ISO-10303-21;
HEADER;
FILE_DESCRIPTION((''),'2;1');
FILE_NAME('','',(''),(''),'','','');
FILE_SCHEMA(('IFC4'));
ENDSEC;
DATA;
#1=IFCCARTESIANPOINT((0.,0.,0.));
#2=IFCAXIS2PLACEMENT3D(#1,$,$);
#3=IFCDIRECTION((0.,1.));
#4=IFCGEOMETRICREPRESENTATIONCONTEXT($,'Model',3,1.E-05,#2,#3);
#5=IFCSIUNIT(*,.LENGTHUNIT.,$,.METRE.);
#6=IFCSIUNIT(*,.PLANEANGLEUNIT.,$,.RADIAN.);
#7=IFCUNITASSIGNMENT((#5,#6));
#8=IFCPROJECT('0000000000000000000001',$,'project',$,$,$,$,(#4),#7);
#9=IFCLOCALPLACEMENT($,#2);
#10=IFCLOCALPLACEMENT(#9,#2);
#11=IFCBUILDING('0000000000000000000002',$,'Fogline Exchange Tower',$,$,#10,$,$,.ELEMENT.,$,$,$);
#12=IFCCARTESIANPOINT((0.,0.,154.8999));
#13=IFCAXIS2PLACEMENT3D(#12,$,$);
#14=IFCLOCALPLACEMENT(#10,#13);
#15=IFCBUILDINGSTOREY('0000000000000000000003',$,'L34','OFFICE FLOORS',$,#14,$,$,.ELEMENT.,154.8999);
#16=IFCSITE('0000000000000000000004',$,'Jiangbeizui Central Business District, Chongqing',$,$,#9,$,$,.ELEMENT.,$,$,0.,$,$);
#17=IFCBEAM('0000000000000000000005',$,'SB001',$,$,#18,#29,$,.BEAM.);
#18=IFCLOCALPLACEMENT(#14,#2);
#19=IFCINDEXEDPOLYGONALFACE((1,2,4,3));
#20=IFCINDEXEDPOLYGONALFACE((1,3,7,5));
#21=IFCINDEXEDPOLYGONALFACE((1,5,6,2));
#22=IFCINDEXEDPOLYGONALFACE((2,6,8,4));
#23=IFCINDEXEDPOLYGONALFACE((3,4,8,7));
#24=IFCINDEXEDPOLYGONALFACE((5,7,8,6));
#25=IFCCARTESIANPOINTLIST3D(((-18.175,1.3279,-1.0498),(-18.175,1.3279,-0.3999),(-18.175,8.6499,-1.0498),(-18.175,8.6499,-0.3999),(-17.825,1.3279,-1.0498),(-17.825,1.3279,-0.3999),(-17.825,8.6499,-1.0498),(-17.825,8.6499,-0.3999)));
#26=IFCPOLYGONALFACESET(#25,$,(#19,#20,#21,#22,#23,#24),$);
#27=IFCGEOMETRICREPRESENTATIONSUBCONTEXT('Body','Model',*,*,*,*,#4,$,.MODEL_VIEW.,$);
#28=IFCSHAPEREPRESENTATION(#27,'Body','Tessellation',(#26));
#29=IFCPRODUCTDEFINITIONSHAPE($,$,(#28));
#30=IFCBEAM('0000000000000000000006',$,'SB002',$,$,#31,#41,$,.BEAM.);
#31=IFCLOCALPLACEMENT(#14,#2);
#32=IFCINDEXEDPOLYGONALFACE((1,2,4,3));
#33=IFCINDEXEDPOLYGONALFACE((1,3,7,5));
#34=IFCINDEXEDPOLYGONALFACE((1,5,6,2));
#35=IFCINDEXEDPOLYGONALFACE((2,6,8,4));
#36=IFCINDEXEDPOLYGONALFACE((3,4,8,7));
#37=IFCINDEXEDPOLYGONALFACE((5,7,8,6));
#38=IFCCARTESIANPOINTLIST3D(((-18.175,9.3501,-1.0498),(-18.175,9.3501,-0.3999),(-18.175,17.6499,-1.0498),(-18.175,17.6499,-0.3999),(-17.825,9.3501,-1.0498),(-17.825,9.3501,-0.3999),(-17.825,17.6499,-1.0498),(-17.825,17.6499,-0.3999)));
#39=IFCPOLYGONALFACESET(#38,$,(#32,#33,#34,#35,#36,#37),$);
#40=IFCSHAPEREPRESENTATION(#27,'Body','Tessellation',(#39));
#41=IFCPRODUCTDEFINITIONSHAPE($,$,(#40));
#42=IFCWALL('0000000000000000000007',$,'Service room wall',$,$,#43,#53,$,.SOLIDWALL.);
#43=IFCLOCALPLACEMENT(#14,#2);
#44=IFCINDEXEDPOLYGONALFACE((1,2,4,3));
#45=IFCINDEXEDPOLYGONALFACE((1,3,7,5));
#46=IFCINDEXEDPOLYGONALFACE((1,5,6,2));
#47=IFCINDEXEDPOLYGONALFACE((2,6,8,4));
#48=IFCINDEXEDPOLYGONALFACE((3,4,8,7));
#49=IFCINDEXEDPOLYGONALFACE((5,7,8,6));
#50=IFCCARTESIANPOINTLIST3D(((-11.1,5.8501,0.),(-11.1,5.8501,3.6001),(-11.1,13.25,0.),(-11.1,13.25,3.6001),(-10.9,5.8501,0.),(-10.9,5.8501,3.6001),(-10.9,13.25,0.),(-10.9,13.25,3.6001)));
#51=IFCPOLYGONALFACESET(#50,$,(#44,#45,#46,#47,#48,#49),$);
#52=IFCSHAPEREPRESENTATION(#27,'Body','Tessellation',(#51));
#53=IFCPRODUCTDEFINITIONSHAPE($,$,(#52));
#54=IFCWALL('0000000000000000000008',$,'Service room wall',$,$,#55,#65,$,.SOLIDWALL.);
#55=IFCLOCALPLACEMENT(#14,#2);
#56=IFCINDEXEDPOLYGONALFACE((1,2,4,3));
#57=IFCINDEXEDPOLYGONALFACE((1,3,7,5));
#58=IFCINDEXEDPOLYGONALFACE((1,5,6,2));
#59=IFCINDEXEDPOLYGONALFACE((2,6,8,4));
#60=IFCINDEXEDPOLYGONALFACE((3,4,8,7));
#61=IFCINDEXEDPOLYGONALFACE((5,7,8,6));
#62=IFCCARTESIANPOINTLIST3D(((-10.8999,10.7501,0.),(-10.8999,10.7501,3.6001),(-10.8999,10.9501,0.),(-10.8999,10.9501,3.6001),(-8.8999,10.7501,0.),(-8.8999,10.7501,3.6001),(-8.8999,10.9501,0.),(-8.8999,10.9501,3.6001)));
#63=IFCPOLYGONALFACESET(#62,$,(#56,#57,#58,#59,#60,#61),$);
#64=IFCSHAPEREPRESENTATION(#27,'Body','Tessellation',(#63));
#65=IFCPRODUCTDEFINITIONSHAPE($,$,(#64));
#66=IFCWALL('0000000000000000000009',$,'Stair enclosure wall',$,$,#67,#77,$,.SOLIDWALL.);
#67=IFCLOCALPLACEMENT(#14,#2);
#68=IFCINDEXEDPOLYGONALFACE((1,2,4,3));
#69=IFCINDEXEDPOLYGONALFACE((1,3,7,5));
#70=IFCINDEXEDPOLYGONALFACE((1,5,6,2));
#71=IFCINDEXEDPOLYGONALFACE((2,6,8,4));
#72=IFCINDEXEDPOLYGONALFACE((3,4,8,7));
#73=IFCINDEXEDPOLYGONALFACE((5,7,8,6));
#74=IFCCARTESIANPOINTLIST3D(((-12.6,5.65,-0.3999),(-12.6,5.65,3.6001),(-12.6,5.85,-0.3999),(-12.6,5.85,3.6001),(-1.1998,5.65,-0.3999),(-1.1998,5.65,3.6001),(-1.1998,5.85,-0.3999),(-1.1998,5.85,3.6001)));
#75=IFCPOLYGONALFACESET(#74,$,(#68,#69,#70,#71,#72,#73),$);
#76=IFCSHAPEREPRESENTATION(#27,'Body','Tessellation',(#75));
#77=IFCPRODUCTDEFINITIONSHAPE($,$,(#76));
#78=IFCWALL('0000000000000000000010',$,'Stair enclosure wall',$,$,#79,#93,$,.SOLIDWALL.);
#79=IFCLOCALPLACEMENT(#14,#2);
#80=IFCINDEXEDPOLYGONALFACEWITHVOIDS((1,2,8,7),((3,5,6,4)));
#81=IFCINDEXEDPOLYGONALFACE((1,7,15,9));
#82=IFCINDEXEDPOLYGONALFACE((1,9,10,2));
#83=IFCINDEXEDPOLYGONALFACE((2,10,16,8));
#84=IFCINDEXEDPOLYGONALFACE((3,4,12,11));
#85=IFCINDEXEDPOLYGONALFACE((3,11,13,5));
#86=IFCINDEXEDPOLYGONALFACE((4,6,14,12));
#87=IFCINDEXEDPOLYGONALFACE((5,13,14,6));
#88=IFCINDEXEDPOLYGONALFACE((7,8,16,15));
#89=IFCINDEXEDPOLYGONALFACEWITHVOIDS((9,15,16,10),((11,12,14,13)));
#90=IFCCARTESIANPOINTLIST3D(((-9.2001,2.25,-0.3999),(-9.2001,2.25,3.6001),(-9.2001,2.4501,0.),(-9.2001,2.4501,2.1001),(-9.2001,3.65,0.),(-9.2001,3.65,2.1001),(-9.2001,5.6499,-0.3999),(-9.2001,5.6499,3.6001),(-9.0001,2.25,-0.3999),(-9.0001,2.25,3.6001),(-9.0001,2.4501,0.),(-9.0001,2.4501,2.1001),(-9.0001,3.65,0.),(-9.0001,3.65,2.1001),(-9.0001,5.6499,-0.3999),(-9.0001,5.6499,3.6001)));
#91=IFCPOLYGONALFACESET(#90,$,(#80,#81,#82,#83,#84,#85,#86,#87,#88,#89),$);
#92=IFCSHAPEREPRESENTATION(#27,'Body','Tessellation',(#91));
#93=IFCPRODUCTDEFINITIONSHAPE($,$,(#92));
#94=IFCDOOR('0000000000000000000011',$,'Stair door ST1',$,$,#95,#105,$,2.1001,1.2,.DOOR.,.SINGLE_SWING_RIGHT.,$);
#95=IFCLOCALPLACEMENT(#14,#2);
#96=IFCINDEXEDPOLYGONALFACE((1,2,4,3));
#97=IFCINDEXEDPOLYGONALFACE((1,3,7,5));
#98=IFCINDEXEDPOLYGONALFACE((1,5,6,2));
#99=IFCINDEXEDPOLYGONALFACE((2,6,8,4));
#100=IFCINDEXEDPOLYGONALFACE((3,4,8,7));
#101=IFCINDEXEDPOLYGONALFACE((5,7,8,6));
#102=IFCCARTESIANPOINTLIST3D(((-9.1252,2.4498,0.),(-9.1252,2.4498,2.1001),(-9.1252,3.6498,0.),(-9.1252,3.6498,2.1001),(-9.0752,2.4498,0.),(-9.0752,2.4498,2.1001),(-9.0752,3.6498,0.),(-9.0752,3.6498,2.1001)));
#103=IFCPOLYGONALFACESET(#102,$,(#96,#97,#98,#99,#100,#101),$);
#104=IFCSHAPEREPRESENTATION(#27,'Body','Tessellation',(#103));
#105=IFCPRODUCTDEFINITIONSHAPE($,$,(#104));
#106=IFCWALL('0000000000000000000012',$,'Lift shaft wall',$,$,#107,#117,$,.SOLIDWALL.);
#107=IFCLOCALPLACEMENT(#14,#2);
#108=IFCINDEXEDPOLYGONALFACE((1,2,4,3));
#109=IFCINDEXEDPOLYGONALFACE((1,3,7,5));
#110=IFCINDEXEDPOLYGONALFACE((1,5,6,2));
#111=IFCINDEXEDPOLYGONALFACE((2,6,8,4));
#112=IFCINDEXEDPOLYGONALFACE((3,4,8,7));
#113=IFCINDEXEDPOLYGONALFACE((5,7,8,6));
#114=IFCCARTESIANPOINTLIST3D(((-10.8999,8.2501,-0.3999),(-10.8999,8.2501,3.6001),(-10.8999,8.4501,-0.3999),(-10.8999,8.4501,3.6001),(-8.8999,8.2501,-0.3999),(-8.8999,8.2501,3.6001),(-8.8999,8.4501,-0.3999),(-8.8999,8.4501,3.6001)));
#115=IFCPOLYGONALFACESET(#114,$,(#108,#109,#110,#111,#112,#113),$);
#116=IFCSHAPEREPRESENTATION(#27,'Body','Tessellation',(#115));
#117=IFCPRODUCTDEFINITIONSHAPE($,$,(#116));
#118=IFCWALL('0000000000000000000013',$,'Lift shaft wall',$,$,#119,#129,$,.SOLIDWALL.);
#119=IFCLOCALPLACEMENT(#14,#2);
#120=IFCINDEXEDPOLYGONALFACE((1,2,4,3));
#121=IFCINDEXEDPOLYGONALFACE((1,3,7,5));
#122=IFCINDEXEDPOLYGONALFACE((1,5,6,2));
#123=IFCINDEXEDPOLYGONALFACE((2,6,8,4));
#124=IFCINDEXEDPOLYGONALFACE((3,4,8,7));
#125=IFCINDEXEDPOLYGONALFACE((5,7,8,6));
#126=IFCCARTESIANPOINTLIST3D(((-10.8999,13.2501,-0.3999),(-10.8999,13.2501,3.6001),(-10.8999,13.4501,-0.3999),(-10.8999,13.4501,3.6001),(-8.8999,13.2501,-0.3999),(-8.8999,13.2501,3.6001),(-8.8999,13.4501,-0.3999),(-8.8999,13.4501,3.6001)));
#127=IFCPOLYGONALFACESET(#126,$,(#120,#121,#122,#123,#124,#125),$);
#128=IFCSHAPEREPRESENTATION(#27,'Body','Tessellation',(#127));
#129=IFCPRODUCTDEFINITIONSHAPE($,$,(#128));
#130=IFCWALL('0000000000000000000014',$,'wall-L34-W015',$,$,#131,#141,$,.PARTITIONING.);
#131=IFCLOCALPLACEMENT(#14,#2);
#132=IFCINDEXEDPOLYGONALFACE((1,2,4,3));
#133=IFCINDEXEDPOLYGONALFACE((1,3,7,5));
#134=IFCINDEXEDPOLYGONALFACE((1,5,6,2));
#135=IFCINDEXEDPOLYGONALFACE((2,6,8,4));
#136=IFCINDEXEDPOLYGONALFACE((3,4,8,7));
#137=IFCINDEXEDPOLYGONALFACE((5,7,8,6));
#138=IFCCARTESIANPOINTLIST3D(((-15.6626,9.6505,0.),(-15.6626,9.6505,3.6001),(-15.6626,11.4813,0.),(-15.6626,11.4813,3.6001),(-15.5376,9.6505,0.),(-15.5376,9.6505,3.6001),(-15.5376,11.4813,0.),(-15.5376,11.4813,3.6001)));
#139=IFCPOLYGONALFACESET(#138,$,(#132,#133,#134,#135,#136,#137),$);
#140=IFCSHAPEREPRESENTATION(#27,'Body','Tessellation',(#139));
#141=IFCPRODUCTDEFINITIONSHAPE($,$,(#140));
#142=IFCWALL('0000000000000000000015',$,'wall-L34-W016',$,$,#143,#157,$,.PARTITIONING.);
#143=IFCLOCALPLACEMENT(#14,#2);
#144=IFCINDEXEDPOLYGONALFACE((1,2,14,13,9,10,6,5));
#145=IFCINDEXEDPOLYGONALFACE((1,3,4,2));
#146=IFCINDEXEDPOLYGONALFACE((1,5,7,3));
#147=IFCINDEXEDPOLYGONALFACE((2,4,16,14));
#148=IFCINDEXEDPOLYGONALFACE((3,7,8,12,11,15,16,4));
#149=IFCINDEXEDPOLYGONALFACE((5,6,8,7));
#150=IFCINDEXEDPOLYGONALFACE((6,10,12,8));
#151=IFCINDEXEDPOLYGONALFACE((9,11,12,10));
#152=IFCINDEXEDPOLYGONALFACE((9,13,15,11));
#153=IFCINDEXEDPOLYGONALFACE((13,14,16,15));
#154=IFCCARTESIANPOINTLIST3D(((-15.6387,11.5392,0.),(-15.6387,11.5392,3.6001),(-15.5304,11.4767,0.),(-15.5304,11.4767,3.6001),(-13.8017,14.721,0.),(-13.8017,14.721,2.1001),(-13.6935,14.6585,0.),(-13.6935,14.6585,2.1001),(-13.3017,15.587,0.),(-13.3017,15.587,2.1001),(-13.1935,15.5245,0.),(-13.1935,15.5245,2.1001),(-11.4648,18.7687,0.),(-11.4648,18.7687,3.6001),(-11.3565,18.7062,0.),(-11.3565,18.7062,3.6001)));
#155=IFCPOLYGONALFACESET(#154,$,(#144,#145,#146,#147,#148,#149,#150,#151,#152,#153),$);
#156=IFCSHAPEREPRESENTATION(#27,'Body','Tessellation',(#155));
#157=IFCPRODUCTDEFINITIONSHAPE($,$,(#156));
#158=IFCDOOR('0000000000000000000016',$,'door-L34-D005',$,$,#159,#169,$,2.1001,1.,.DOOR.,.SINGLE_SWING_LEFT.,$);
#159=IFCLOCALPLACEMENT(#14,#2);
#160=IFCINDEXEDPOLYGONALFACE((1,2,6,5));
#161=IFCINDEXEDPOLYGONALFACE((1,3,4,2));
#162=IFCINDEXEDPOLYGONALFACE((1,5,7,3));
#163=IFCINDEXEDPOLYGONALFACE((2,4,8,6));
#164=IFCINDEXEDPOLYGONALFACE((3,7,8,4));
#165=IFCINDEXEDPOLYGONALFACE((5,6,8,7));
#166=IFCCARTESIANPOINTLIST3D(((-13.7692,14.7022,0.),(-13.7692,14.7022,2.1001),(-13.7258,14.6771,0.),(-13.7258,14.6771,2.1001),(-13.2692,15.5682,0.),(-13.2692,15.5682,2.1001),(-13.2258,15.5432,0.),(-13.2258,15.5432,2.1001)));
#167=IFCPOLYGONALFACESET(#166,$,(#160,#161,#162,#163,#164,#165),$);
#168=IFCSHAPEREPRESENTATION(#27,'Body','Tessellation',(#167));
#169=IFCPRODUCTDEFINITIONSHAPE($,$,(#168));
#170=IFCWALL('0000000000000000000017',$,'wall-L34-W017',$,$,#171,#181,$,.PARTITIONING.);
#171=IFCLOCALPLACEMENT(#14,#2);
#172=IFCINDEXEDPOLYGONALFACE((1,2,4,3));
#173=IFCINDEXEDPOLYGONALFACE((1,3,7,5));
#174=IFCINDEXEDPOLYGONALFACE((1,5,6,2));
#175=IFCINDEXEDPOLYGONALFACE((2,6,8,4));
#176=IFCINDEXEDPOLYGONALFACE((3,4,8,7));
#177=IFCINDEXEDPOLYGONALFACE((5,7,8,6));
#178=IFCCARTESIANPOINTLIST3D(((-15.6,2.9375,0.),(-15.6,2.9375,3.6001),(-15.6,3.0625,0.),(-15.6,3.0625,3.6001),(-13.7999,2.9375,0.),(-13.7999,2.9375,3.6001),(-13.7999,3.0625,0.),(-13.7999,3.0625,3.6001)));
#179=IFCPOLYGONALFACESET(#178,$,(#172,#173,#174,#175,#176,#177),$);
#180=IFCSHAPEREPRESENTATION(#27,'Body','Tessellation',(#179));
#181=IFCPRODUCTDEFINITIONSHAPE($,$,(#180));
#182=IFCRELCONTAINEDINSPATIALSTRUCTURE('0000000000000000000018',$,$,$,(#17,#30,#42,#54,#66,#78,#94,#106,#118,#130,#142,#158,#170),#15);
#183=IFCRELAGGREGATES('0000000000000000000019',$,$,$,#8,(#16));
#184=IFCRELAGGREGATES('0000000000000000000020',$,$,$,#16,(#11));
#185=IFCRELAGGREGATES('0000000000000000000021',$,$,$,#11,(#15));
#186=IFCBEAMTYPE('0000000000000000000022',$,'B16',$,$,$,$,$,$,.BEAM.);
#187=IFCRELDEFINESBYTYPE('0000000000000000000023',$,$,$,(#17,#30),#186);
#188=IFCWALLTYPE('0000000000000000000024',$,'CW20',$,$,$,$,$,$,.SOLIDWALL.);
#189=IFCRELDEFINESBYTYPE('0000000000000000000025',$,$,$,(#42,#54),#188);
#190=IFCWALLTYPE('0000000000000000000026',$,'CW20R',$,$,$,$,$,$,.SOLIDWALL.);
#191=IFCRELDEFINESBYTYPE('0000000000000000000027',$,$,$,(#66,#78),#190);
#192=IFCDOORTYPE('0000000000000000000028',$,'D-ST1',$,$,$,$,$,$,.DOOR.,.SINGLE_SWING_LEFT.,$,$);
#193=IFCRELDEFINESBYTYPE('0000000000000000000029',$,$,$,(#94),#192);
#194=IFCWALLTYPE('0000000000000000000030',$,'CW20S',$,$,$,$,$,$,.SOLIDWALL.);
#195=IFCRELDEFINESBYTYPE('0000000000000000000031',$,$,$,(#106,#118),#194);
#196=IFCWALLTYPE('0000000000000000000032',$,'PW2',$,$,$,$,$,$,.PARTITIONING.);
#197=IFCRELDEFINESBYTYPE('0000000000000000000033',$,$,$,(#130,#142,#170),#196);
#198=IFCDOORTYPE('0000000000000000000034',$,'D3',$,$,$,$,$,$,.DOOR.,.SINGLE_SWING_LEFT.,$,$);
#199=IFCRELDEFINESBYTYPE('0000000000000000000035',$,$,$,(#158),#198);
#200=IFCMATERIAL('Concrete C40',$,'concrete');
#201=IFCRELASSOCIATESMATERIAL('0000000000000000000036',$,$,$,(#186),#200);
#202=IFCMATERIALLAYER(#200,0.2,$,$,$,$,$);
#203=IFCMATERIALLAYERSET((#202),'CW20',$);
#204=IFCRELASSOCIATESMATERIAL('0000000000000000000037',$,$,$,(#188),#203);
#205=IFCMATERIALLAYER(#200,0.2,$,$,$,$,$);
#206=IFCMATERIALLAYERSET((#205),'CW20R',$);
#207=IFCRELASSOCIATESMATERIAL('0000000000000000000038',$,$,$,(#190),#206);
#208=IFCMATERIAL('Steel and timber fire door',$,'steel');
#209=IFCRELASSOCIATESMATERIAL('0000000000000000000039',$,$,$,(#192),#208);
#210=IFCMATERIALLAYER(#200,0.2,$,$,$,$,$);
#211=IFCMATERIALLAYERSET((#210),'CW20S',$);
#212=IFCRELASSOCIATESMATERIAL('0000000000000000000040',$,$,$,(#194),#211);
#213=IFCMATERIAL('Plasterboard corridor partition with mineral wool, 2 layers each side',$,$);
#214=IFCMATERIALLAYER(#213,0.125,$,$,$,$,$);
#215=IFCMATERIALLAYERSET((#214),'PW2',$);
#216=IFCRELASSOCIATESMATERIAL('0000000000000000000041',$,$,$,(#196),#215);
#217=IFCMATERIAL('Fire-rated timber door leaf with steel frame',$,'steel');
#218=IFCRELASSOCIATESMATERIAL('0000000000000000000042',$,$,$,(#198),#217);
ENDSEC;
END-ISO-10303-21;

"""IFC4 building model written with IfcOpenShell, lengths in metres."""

from ifc_helpers import new_model, si_unit, direction, frame, frame_2d, origin, origin_2d, place, context, subcontext, project, spatial, rectangle, extrude, material, layer, layer_set, material_profile, profile_set, type_object, element, fill, save


model = new_model("IFC4")

# Units and contexts
model_context = context("Model", 3, precision=1e-05, world=origin(), true_north=direction((0.0, 1.0)))
body_context = subcontext(model_context, "Body", "Model", "MODEL_VIEW")
ifc_project = project(units=[si_unit("LENGTHUNIT", "METRE"), si_unit("PLANEANGLEUNIT", "RADIAN")], contexts=[model_context])

# Site, building, storey
site_placement = place(None, origin())
site = spatial("IfcSite", under=ifc_project, at=site_placement, Name="Jiangbeizui Central Business District, Chongqing", CompositionType="ELEMENT", RefElevation=0.0)
building_placement = place(site_placement, origin())
building = spatial("IfcBuilding", under=site, at=building_placement, Name="Fogline Exchange Tower", CompositionType="ELEMENT")
storey_placement = place(building_placement, frame((0.0, 0.0, 154.8999)))
storey = spatial("IfcBuildingStorey", under=building, at=storey_placement, Name="L34", Description="OFFICE FLOORS", CompositionType="ELEMENT", Elevation=154.8999)

# Beams
ifc_material_1 = material(Name="Concrete C40", Category="concrete")
ifc_material_profile = material_profile(ifc_material_1, rectangle(XDim=0.3501, YDim=0.6499, at=origin_2d()), Name="RC 350x650")
ifc_profile_set = profile_set([ifc_material_profile], Name="Concrete C40")
beam_type = type_object("IfcBeamType", Name="B16", PredefinedType="BEAM", material=ifc_profile_set)
beam_1_placement = place(storey_placement, frame((-18.0, 1.3279, -0.7249), z_axis=(0.0, 1.0, 0.0), x_axis=(-1.0, 0.0, 0.0)))
element("IfcBeam", 1, at=beam_1_placement, inside=storey, type_object=beam_type, Name="SB001", PredefinedType="BEAM", context=body_context, shape_type="SweptSolid", body=[
    extrude(rectangle(XDim=0.3501, YDim=0.6499, at=origin_2d()), origin(), (0.0, 0.0, 1.0), 7.322),
])
beam_2_placement = place(storey_placement, frame((-18.0, 9.3501, -0.7249), z_axis=(0.0, 1.0, 0.0), x_axis=(-1.0, 0.0, 0.0)))
element("IfcBeam", 2, at=beam_2_placement, inside=storey, type_object=beam_type, Name="SB002", PredefinedType="BEAM", context=body_context, shape_type="SweptSolid", body=[
    extrude(rectangle(XDim=0.3501, YDim=0.6499, at=origin_2d()), origin(), (0.0, 0.0, 1.0), 8.2998),
])

# Walls
ifc_layer_1 = layer(ifc_material_1, 0.2)
ifc_layer_set_1 = layer_set([ifc_layer_1], Name="CW20")
wall_type_1 = type_object("IfcWallType", Name="CW20", PredefinedType="SOLIDWALL", material=ifc_layer_set_1)
wall_1_placement = place(storey_placement, frame((-11.0, 5.8501, 0.0), z_axis=(0.0, 0.0, 1.0), x_axis=(0.0, 1.0, 0.0)))
element("IfcWall", 3, at=wall_1_placement, inside=storey, type_object=wall_type_1, Name="Service room wall", PredefinedType="SOLIDWALL", context=body_context, shape_type="SweptSolid", body=[
    extrude(rectangle(XDim=7.3999, YDim=0.2, at=frame_2d((3.7, 0.0))), origin(), (0.0, 0.0, 1.0), 3.6001),
])
wall_2_placement = place(storey_placement, frame((-10.8999, 10.8501, 0.0), z_axis=(0.0, 0.0, 1.0), x_axis=(1.0, 0.0, 0.0)))
element("IfcWall", 4, at=wall_2_placement, inside=storey, type_object=wall_type_1, Name="Service room wall", PredefinedType="SOLIDWALL", context=body_context, shape_type="SweptSolid", body=[
    extrude(rectangle(XDim=2.0, YDim=0.2, at=frame_2d((1.0, 0.0))), origin(), (0.0, 0.0, 1.0), 3.6001),
])
ifc_layer_2 = layer(ifc_material_1, 0.2)
ifc_layer_set_2 = layer_set([ifc_layer_2], Name="CW20R")
wall_type_2 = type_object("IfcWallType", Name="CW20R", PredefinedType="SOLIDWALL", material=ifc_layer_set_2)
wall_3_placement = place(storey_placement, frame((-12.6001, 5.75, -0.3999), z_axis=(0.0, 0.0, 1.0), x_axis=(1.0, 0.0, 0.0)))
element("IfcWall", 5, at=wall_3_placement, inside=storey, type_object=wall_type_2, Name="Stair enclosure wall", PredefinedType="SOLIDWALL", context=body_context, shape_type="SweptSolid", body=[
    extrude(rectangle(XDim=11.4001, YDim=0.2, at=frame_2d((5.7002, 0.0))), origin(), (0.0, 0.0, 1.0), 4.0),
])

# Wall, opening, door
wall_4_placement = place(storey_placement, frame((-9.1001, 2.25, -0.3999), z_axis=(0.0, 0.0, 1.0), x_axis=(0.0, 1.0, 0.0)))
wall_4 = element("IfcWall", 6, at=wall_4_placement, inside=storey, type_object=wall_type_2, Name="Stair enclosure wall", PredefinedType="SOLIDWALL", context=body_context, shape_type="SweptSolid", body=[
    extrude(rectangle(XDim=3.3999, YDim=0.2, at=frame_2d((1.7, 0.0))), origin(), (0.0, 0.0, 1.0), 4.0),
])
opening_1_placement = place(wall_4_placement, frame((0.2, 0.0, 0.3999)))
opening_1 = element("IfcOpeningElement", 7, at=opening_1_placement, cuts=wall_4, PredefinedType="OPENING", context=body_context, shape_type="SweptSolid", body=[
    extrude(rectangle(XDim=1.2, YDim=2.1001, at=frame_2d((0.6001, 1.05))), frame((0.0, 0.1099, 0.0), z_axis=(0.0, -1.0, 0.0), x_axis=(1.0, 0.0, 0.0)), (0.0, 0.0, 1.0), 0.22),
])
ifc_material_2 = material(Name="Steel and timber fire door", Category="steel")
door_type_1 = type_object("IfcDoorType", Name="D-ST1", OperationType="SINGLE_SWING_LEFT", PredefinedType="DOOR", material=ifc_material_2)
door_1_placement = place(opening_1_placement, frame((1.2, 0.0, 0.0), z_axis=(0.0, 0.0, 1.0), x_axis=(-1.0, 0.0, 0.0)))
door_1 = element("IfcDoor", 8, at=door_1_placement, inside=storey, type_object=door_type_1, Name="Stair door ST1", OperationType="SINGLE_SWING_RIGHT", OverallHeight=2.1001, OverallWidth=1.2, PredefinedType="DOOR", context=body_context, shape_type="SweptSolid", body=[
    extrude(rectangle(XDim=1.2, YDim=2.1001, at=frame_2d((0.6001, 1.05))), frame((0.0, 0.0249, 0.0), z_axis=(0.0, -1.0, 0.0), x_axis=(1.0, 0.0, 0.0)), (0.0, 0.0, 1.0), 0.05),
])
fill(opening_1, door_1)

# Walls
ifc_layer_3 = layer(ifc_material_1, 0.2)
ifc_layer_set_3 = layer_set([ifc_layer_3], Name="CW20S")
wall_type_3 = type_object("IfcWallType", Name="CW20S", PredefinedType="SOLIDWALL", material=ifc_layer_set_3)
for number, where, z_axis, x_axis, name in (
    (9, (-10.8999, 8.3501, -0.3999), (0.0, 0.0, 1.0), (1.0, 0.0, 0.0), "Lift shaft wall"),
    (10, (-10.8999, 13.3501, -0.3999), (0.0, 0.0, 1.0), (1.0, 0.0, 0.0), "Lift shaft wall"),
):
    element("IfcWall", number, at=place(storey_placement, frame(where, z_axis=z_axis, x_axis=x_axis)), inside=storey, type_object=wall_type_3, Name=name, PredefinedType="SOLIDWALL", context=body_context, shape_type="SweptSolid", body=[
        extrude(rectangle(XDim=2.0, YDim=0.2, at=frame_2d((1.0, 0.0))), origin(), (0.0, 0.0, 1.0), 4.0),
    ])
ifc_material_3 = material(Name="Plasterboard corridor partition with mineral wool, 2 layers each side")
ifc_layer_4 = layer(ifc_material_3, 0.125)
ifc_layer_set_4 = layer_set([ifc_layer_4], Name="PW2")
wall_type_4 = type_object("IfcWallType", Name="PW2", PredefinedType="PARTITIONING", material=ifc_layer_set_4)
wall_5_placement = place(storey_placement, frame((-15.6001, 9.6504, 0.0), z_axis=(0.0, 0.0, 1.0), x_axis=(0.0, 1.0, 0.0)))
element("IfcWall", 11, at=wall_5_placement, inside=storey, type_object=wall_type_4, Name="wall-L34-W015", PredefinedType="PARTITIONING", context=body_context, shape_type="SweptSolid", body=[
    extrude(rectangle(XDim=1.8308, YDim=0.125, at=frame_2d((0.9155, 0.0))), origin(), (0.0, 0.0, 1.0), 3.6001),
])

# Wall, opening, door
wall_6_placement = place(storey_placement, frame((-15.5845, 11.5081, 0.0), z_axis=(0.0, 0.0, 1.0), x_axis=(0.499989, 0.866032, 0.0)))
wall_6 = element("IfcWall", 12, at=wall_6_placement, inside=storey, type_object=wall_type_4, Name="wall-L34-W016", PredefinedType="PARTITIONING", context=body_context, shape_type="SweptSolid", body=[
    extrude(rectangle(XDim=8.3479, YDim=0.125, at=frame_2d((4.1738, 0.0))), origin(), (0.0, 0.0, 1.0), 3.6001),
])
opening_2_placement = place(wall_6_placement, frame((3.6738, 0.0, 0.0)))
opening_2 = element("IfcOpeningElement", 13, at=opening_2_placement, cuts=wall_6, PredefinedType="OPENING", context=body_context, shape_type="SweptSolid", body=[
    extrude(rectangle(XDim=1.0, YDim=2.1001, at=frame_2d((0.5, 1.05))), frame((0.0, 0.0725, 0.0), z_axis=(0.0, -1.0, 0.0), x_axis=(1.0, 0.0, 0.0)), (0.0, 0.0, 1.0), 0.145),
])
ifc_material_4 = material(Name="Fire-rated timber door leaf with steel frame", Category="steel")
door_type_2 = type_object("IfcDoorType", Name="D3", OperationType="SINGLE_SWING_LEFT", PredefinedType="DOOR", material=ifc_material_4)
door_2_placement = place(opening_2_placement, origin())
door_2 = element("IfcDoor", 14, at=door_2_placement, inside=storey, type_object=door_type_2, Name="door-L34-D005", OperationType="SINGLE_SWING_LEFT", OverallHeight=2.1001, OverallWidth=1.0, PredefinedType="DOOR", context=body_context, shape_type="SweptSolid", body=[
    extrude(rectangle(XDim=1.0, YDim=2.1001, at=frame_2d((0.5, 1.05))), frame((0.0, 0.0249, 0.0), z_axis=(0.0, -1.0, 0.0), x_axis=(1.0, 0.0, 0.0)), (0.0, 0.0, 1.0), 0.05),
])
fill(opening_2, door_2)

# Wall
wall_7_placement = place(storey_placement, frame((-13.8, 3.0, 0.0), z_axis=(0.0, 0.0, 1.0), x_axis=(-1.0, 0.0, 0.0)))
element("IfcWall", 15, at=wall_7_placement, inside=storey, type_object=wall_type_4, Name="wall-L34-W017", PredefinedType="PARTITIONING", context=body_context, shape_type="SweptSolid", body=[
    extrude(rectangle(XDim=1.8, YDim=0.125, at=frame_2d((0.8999, 0.0))), origin(), (0.0, 0.0, 1.0), 3.6001),
])

save(model, "model.ifc")
